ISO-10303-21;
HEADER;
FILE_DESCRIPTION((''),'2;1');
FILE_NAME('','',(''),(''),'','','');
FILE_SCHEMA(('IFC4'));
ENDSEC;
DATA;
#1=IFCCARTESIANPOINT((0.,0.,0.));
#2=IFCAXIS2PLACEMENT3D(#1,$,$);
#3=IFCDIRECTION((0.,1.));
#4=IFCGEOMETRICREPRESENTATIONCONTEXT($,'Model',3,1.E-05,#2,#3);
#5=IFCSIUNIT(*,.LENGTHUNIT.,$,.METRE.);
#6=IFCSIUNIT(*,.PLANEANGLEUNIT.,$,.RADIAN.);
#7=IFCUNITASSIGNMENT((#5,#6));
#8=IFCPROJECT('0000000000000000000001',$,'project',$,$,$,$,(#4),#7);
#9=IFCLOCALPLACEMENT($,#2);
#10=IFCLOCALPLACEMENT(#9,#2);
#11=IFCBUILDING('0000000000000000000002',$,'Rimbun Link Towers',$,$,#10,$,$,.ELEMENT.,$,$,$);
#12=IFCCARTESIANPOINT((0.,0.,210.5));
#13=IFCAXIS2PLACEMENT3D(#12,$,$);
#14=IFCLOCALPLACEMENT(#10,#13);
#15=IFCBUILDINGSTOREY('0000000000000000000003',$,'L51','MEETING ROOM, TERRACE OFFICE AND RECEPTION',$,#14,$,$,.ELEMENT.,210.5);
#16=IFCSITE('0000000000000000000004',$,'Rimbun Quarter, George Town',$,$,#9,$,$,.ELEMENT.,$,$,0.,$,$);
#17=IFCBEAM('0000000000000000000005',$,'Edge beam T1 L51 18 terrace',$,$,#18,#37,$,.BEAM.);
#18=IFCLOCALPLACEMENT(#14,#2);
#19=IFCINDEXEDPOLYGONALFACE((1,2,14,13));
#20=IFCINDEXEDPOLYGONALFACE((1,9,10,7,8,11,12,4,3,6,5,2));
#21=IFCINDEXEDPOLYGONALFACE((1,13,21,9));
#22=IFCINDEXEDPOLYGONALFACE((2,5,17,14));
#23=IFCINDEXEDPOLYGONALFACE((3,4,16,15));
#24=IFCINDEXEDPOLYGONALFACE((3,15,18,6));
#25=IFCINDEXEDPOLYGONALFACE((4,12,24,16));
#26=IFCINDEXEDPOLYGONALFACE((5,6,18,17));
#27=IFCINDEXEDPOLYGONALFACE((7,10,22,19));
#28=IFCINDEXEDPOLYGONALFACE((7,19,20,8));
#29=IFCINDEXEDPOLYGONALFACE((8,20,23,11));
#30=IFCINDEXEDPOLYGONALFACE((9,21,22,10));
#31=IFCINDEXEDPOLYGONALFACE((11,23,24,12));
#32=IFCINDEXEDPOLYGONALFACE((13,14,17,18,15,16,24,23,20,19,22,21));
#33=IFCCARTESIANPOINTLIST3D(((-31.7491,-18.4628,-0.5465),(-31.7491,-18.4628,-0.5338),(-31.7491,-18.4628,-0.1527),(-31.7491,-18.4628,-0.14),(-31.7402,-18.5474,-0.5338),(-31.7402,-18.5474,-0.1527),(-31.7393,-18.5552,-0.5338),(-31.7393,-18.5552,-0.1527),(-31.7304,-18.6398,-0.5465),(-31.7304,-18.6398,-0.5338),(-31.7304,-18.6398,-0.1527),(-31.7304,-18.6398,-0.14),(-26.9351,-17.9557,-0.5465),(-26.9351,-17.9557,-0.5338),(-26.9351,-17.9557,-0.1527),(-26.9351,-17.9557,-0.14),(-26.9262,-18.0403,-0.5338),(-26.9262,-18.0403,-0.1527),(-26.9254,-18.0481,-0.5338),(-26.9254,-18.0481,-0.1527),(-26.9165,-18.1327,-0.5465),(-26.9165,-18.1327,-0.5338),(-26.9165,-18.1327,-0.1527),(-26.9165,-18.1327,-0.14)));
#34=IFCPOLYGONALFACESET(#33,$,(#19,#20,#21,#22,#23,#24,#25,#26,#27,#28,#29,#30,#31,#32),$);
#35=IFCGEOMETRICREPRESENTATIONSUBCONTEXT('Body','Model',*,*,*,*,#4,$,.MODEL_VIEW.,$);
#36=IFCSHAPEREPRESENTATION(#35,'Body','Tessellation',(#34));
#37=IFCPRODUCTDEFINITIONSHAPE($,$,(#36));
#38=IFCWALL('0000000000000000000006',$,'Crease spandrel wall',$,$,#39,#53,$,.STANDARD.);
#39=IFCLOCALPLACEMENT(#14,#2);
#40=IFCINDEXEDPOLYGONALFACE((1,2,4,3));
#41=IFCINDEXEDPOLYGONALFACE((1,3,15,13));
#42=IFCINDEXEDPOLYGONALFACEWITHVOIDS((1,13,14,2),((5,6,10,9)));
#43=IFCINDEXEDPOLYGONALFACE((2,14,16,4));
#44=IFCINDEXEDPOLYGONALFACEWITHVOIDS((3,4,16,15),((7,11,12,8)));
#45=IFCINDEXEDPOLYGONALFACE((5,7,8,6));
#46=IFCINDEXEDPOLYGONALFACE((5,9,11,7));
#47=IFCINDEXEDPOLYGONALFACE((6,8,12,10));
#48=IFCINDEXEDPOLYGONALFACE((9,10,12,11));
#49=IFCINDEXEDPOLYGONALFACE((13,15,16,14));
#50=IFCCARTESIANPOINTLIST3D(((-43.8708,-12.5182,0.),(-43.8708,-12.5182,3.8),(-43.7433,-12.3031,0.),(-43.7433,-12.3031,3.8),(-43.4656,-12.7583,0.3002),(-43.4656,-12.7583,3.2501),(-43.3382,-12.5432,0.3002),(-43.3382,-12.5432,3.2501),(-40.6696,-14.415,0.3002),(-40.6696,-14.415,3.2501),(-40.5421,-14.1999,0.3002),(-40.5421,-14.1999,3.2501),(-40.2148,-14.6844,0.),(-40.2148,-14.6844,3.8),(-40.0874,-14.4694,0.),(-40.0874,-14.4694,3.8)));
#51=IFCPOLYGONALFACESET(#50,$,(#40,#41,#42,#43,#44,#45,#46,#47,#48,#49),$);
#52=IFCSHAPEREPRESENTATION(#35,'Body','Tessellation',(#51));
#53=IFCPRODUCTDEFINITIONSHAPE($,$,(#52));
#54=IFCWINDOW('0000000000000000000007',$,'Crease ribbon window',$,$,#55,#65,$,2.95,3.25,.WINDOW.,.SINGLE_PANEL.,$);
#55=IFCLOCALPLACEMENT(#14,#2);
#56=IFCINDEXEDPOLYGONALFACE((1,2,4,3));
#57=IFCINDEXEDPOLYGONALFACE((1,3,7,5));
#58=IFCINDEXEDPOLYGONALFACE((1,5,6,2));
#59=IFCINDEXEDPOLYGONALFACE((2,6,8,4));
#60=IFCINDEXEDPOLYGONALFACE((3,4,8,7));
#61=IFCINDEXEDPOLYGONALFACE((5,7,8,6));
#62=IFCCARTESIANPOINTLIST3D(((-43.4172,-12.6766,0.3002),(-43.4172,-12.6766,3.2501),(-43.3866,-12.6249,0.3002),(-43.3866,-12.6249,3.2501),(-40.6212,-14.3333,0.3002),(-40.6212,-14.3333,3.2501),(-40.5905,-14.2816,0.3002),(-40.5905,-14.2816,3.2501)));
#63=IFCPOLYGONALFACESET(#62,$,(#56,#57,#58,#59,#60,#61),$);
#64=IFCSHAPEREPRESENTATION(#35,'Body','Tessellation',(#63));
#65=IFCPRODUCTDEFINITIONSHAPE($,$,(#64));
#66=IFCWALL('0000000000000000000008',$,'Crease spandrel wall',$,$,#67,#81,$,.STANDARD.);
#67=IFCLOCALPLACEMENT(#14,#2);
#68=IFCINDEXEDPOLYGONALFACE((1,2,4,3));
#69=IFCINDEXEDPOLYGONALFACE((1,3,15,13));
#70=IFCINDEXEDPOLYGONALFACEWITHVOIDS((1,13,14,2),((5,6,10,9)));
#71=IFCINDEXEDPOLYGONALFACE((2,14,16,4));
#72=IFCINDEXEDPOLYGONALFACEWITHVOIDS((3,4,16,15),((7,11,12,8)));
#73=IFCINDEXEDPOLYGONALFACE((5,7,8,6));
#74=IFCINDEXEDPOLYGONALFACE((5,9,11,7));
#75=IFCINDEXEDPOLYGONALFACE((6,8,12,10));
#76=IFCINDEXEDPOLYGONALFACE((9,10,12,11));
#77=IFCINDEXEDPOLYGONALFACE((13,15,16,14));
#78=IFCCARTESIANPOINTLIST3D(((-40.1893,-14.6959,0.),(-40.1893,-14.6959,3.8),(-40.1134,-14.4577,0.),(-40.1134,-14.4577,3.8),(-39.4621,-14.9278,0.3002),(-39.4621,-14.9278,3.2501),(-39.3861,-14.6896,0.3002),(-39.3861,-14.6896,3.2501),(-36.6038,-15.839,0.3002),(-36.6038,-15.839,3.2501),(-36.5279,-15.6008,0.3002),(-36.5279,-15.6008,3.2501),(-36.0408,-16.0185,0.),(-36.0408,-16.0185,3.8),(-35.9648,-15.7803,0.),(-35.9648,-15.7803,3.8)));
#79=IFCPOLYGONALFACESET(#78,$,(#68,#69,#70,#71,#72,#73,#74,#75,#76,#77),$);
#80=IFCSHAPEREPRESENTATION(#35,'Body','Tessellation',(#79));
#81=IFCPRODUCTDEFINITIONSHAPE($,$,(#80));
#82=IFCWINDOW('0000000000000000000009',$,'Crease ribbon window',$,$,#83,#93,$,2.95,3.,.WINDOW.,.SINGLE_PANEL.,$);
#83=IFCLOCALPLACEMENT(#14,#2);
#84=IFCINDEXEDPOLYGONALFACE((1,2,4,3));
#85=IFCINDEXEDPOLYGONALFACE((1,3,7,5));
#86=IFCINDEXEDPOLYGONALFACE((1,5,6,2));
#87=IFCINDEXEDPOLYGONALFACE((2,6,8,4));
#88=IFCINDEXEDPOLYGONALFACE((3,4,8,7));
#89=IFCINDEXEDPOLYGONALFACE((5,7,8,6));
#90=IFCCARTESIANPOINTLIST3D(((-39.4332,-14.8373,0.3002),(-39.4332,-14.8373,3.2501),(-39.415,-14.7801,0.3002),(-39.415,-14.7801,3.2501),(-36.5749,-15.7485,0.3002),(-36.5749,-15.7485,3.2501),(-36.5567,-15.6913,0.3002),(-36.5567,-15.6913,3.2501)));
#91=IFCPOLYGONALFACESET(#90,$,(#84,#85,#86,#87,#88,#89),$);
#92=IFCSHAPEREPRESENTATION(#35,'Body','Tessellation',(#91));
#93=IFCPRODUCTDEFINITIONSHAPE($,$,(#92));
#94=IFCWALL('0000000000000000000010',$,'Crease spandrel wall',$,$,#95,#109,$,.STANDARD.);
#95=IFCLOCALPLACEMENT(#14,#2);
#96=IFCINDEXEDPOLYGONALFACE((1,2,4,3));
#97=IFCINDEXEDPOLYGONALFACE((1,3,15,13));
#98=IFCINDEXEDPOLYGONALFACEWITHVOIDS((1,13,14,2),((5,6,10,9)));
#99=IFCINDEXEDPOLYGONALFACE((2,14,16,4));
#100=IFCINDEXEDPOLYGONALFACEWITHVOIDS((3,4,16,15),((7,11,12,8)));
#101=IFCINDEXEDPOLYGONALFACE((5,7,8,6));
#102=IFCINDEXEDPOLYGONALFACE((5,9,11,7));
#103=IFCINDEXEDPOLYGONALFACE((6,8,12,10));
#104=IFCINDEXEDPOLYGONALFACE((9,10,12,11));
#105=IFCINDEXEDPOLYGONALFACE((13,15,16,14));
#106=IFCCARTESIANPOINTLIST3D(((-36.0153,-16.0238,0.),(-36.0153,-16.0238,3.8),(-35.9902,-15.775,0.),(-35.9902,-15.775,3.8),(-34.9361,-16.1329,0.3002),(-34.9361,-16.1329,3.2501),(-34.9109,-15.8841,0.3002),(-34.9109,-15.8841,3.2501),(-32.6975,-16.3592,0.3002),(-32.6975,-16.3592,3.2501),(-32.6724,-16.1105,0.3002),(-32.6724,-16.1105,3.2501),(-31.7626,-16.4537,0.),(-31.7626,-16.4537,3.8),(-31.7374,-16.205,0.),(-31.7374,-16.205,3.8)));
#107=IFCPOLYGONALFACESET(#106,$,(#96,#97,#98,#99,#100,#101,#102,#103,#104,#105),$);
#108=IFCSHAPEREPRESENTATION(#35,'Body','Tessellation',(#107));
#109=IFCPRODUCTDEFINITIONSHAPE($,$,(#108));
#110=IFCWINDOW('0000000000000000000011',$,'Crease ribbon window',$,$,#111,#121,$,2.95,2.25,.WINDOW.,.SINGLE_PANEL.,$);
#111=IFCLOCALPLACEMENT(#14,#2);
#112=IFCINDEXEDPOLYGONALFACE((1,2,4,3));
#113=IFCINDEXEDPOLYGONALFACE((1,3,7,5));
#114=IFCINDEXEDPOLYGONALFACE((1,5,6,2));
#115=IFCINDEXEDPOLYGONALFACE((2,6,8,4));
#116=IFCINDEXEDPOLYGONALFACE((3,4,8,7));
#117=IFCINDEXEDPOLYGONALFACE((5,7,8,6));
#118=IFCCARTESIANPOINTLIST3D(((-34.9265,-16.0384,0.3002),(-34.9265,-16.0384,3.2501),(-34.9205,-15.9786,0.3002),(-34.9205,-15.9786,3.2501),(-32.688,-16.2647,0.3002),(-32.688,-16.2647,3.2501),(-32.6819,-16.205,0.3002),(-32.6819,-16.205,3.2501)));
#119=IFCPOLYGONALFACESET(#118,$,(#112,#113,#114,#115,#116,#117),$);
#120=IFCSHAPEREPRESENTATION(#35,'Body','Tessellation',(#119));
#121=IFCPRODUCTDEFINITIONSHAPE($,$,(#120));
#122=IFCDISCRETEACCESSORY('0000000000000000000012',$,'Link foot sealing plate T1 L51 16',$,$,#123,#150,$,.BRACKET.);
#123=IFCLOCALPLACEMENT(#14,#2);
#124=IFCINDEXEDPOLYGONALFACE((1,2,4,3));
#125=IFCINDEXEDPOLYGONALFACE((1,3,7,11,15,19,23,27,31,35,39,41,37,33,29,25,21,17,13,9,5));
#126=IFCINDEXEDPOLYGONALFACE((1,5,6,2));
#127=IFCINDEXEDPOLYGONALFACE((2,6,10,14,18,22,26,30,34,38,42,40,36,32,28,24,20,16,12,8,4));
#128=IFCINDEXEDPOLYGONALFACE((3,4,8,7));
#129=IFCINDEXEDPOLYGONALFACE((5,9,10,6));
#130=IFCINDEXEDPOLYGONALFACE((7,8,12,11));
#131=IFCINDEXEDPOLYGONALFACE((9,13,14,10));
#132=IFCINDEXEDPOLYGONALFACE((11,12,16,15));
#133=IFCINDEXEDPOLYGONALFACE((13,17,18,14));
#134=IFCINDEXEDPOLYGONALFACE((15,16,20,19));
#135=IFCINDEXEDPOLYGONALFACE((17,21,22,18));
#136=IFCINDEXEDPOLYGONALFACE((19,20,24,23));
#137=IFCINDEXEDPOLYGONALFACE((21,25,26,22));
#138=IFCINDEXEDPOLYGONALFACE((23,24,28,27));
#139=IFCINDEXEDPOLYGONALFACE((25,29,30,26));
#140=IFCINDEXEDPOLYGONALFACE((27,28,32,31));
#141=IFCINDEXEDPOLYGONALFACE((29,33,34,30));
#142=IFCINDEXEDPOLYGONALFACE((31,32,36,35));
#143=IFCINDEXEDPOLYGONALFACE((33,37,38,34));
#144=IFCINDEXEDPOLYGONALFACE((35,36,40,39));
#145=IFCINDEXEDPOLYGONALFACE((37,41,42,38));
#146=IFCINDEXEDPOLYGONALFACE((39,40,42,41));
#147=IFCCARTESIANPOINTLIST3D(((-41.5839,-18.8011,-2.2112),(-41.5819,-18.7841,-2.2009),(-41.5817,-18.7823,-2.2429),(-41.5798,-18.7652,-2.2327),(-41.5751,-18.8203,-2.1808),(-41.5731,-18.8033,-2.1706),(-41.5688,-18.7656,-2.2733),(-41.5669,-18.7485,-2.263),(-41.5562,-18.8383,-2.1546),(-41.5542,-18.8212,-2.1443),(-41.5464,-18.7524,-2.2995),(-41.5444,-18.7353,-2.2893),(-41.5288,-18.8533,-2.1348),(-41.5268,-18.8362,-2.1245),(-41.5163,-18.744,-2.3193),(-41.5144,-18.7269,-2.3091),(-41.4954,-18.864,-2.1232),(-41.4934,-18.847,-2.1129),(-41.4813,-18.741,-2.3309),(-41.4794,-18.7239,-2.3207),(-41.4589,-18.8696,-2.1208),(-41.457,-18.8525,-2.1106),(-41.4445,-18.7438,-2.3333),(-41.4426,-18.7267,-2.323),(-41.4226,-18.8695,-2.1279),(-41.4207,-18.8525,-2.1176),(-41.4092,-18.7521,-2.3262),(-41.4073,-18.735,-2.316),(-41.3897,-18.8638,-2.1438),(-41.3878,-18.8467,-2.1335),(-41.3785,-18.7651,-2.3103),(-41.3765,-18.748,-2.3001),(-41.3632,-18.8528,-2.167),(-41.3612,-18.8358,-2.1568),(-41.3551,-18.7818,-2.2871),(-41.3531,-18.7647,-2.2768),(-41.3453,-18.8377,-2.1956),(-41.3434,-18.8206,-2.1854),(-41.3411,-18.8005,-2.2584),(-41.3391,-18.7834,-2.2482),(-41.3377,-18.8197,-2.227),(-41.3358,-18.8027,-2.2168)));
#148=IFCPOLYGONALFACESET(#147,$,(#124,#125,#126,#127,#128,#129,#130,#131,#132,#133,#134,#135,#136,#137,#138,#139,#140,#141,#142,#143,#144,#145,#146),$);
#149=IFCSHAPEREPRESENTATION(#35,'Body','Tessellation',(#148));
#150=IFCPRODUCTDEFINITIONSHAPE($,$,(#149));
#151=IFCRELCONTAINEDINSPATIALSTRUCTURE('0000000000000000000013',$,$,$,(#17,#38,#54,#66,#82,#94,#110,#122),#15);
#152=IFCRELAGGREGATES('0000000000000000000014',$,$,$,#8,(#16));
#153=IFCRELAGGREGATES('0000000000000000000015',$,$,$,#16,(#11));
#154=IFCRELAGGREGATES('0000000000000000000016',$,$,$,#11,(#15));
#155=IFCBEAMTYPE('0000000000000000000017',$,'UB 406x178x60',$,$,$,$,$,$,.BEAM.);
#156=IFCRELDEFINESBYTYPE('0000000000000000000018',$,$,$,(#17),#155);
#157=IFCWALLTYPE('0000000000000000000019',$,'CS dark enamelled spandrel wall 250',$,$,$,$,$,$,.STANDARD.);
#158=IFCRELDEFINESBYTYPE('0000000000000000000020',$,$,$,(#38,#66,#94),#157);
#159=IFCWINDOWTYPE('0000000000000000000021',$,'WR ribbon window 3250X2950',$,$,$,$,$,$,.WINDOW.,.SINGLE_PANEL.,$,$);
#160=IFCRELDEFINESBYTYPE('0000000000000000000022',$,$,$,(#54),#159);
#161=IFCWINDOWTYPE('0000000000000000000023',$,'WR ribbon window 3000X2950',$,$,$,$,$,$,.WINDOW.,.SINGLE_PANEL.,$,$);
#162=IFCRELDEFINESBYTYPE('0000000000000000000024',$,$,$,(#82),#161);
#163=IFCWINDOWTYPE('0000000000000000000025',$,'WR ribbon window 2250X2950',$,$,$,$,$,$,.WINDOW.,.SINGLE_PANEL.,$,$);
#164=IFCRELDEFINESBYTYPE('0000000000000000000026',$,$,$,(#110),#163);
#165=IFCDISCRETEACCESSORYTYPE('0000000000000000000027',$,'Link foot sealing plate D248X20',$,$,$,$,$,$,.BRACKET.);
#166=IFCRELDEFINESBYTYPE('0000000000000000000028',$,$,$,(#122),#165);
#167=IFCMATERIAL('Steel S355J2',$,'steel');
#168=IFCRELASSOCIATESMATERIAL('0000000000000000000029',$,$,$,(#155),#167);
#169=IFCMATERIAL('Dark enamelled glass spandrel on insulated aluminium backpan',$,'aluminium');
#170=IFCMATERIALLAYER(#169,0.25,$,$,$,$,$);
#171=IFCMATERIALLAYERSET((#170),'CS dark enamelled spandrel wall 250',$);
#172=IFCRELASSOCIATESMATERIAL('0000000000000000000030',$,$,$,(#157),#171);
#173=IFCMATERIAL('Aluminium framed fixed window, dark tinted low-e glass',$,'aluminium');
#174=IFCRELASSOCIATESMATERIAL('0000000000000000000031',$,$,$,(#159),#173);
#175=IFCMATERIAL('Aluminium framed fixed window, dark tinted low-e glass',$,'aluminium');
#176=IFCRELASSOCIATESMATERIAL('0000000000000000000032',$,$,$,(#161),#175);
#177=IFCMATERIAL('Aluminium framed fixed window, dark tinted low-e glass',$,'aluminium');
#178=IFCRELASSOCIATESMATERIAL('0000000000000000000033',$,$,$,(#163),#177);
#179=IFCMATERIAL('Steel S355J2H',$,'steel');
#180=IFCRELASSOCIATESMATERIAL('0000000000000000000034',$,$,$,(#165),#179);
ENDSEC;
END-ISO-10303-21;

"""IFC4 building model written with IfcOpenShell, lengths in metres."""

from ifc_helpers import new_model, si_unit, direction, frame, frame_2d, origin, origin_2d, place, context, subcontext, project, spatial, rectangle, circle, i_section, extrude, material, layer, layer_set, material_profile, profile_set, type_object, element, fill, save


model = new_model("IFC4")

# Units and contexts
model_context = context("Model", 3, precision=1e-05, world=origin(), true_north=direction((0.0, 1.0)))
body_context = subcontext(model_context, "Body", "Model", "MODEL_VIEW")
ifc_project = project(units=[si_unit("LENGTHUNIT", "METRE"), si_unit("PLANEANGLEUNIT", "RADIAN")], contexts=[model_context])

# Site, building, storey
site_placement = place(None, origin())
site = spatial("IfcSite", under=ifc_project, at=site_placement, Name="Rimbun Quarter, George Town", CompositionType="ELEMENT", RefElevation=0.0)
building_placement = place(site_placement, origin())
building = spatial("IfcBuilding", under=site, at=building_placement, Name="Rimbun Link Towers", CompositionType="ELEMENT")
storey_placement = place(building_placement, frame((0.0, 0.0, 210.5)))
storey = spatial("IfcBuildingStorey", under=building, at=storey_placement, Name="L51", Description="MEETING ROOM, TERRACE OFFICE AND RECEPTION", CompositionType="ELEMENT", Elevation=210.5)

# Beam
ifc_material_1 = material(Name="Steel S355J2", Category="steel")
ifc_material_profile_1 = material_profile(ifc_material_1, i_section(OverallWidth=0.178, OverallDepth=0.4065, WebThickness=0.0078, FlangeThickness=0.0127, at=origin_2d()), Name="UB 406x178x60")
ifc_profile_set_1 = profile_set([ifc_material_profile_1], Name="Steel S355J2")
beam_type = type_object("IfcBeamType", Name="UB 406x178x60", PredefinedType="BEAM", material=ifc_profile_set_1)
beam_1_placement = place(storey_placement, frame((-31.7397, -18.5513, -0.3433), z_axis=(0.994498, 0.104756, 0.0), x_axis=(-0.104756, 0.994498, 0.0)))
element("IfcBeam", 1, at=beam_1_placement, inside=storey, type_object=beam_type, Name="Edge beam T1 L51 18 terrace", PredefinedType="BEAM", context=body_context, shape_type="SweptSolid", body=[
    extrude(i_section(OverallWidth=0.178, OverallDepth=0.4065, WebThickness=0.0078, FlangeThickness=0.0127, at=origin_2d()), origin(), (0.0, 0.0, 1.0), 4.8406),
])

# Walls, openings, windows
ifc_material_2 = material(Name="Dark enamelled glass spandrel on insulated aluminium backpan", Category="aluminium")
ifc_layer = layer(ifc_material_2, 0.25)
ifc_layer_set = layer_set([ifc_layer], Name="CS dark enamelled spandrel wall 250")
wall_type = type_object("IfcWallType", Name="CS dark enamelled spandrel wall 250", PredefinedType="STANDARD", material=ifc_layer_set)
wall_1_placement = place(storey_placement, frame((-40.1511, -14.5769, 0.0), z_axis=(0.0, 0.0, 1.0), x_axis=(-0.860319, 0.509757, 0.0)))
wall_1 = element("IfcWall", 2, at=wall_1_placement, inside=storey, type_object=wall_type, Name="Crease spandrel wall", PredefinedType="STANDARD", context=body_context, shape_type="SweptSolid", body=[
    extrude(rectangle(XDim=4.2495, YDim=0.25, at=frame_2d((2.1248, 0.0))), origin(), (0.0, 0.0, 1.0), 3.8),
])
opening_1_placement = place(wall_1_placement, frame((0.5286, 0.0, 0.3)))
opening_1 = element("IfcOpeningElement", 3, at=opening_1_placement, cuts=wall_1, PredefinedType="OPENING", context=body_context, shape_type="SweptSolid", body=[
    extrude(rectangle(XDim=3.25, YDim=2.95, at=frame_2d((1.625, 1.4751))), frame((0.0, 0.135, 0.0), z_axis=(0.0, -1.0, 0.0), x_axis=(1.0, 0.0, 0.0)), (0.0, 0.0, 1.0), 0.27),
])
ifc_material_3 = material(Name="Aluminium framed fixed window, dark tinted low-e glass", Category="aluminium")
window_type_1 = type_object("IfcWindowType", Name="WR ribbon window 3250X2950", PartitioningType="SINGLE_PANEL", PredefinedType="WINDOW", material=ifc_material_3)
window_1_placement = place(opening_1_placement, origin())
window_1 = element("IfcWindow", 4, at=window_1_placement, inside=storey, type_object=window_type_1, Name="Crease ribbon window", OverallHeight=2.95, OverallWidth=3.25, PartitioningType="SINGLE_PANEL", PredefinedType="WINDOW", context=body_context, shape_type="SweptSolid", body=[
    extrude(rectangle(XDim=3.25, YDim=2.95, at=frame_2d((1.625, 1.4751))), frame((0.0, 0.03, 0.0), z_axis=(0.0, -1.0, 0.0), x_axis=(1.0, 0.0, 0.0)), (0.0, 0.0, 1.0), 0.0601),
])
fill(opening_1, window_1)
wall_2_placement = place(storey_placement, frame((-36.0027, -15.8994, 0.0), z_axis=(0.0, 0.0, 1.0), x_axis=(-0.952756, 0.303736, 0.0)))
wall_2 = element("IfcWall", 5, at=wall_2_placement, inside=storey, type_object=wall_type, Name="Crease spandrel wall", PredefinedType="STANDARD", context=body_context, shape_type="SweptSolid", body=[
    extrude(rectangle(XDim=4.3542, YDim=0.25, at=frame_2d((2.1772, 0.0))), origin(), (0.0, 0.0, 1.0), 3.8),
])
opening_2_placement = place(wall_2_placement, frame((0.5911, 0.0, 0.3)))
opening_2 = element("IfcOpeningElement", 6, at=opening_2_placement, cuts=wall_2, PredefinedType="OPENING", context=body_context, shape_type="SweptSolid", body=[
    extrude(rectangle(XDim=3.0, YDim=2.95, at=frame_2d((1.5, 1.4751))), frame((0.0, 0.135, 0.0), z_axis=(0.0, -1.0, 0.0), x_axis=(1.0, 0.0, 0.0)), (0.0, 0.0, 1.0), 0.27),
])
ifc_material_4 = material(Name="Aluminium framed fixed window, dark tinted low-e glass", Category="aluminium")
window_type_2 = type_object("IfcWindowType", Name="WR ribbon window 3000X2950", PartitioningType="SINGLE_PANEL", PredefinedType="WINDOW", material=ifc_material_4)
window_2_placement = place(opening_2_placement, origin())
window_2 = element("IfcWindow", 7, at=window_2_placement, inside=storey, type_object=window_type_2, Name="Crease ribbon window", OverallHeight=2.95, OverallWidth=3.0, PartitioningType="SINGLE_PANEL", PredefinedType="WINDOW", context=body_context, shape_type="SweptSolid", body=[
    extrude(rectangle(XDim=3.0, YDim=2.95, at=frame_2d((1.5, 1.4751))), frame((0.0, 0.03, 0.0), z_axis=(0.0, -1.0, 0.0), x_axis=(1.0, 0.0, 0.0)), (0.0, 0.0, 1.0), 0.0601),
])
fill(opening_2, window_2)
wall_3_placement = place(storey_placement, frame((-31.75, -16.3293, 0.0), z_axis=(0.0, 0.0, 1.0), x_axis=(-0.994929, 0.100584, 0.0)))
wall_3 = element("IfcWall", 8, at=wall_3_placement, inside=storey, type_object=wall_type, Name="Crease spandrel wall", PredefinedType="STANDARD", context=body_context, shape_type="SweptSolid", body=[
    extrude(rectangle(XDim=4.2744, YDim=0.25, at=frame_2d((2.1372, 0.0))), origin(), (0.0, 0.0, 1.0), 3.8),
])
opening_3_placement = place(wall_3_placement, frame((0.9397, 0.0, 0.3)))
opening_3 = element("IfcOpeningElement", 9, at=opening_3_placement, cuts=wall_3, PredefinedType="OPENING", context=body_context, shape_type="SweptSolid", body=[
    extrude(rectangle(XDim=2.25, YDim=2.95, at=frame_2d((1.125, 1.4751))), frame((0.0, 0.135, 0.0), z_axis=(0.0, -1.0, 0.0), x_axis=(1.0, 0.0, 0.0)), (0.0, 0.0, 1.0), 0.27),
])
ifc_material_5 = material(Name="Aluminium framed fixed window, dark tinted low-e glass", Category="aluminium")
window_type_3 = type_object("IfcWindowType", Name="WR ribbon window 2250X2950", PartitioningType="SINGLE_PANEL", PredefinedType="WINDOW", material=ifc_material_5)
window_3_placement = place(opening_3_placement, origin())
window_3 = element("IfcWindow", 10, at=window_3_placement, inside=storey, type_object=window_type_3, Name="Crease ribbon window", OverallHeight=2.95, OverallWidth=2.25, PartitioningType="SINGLE_PANEL", PredefinedType="WINDOW", context=body_context, shape_type="SweptSolid", body=[
    extrude(rectangle(XDim=2.25, YDim=2.95, at=frame_2d((1.125, 1.4751))), frame((0.0, 0.03, 0.0), z_axis=(0.0, -1.0, 0.0), x_axis=(1.0, 0.0, 0.0)), (0.0, 0.0, 1.0), 0.0601),
])
fill(opening_3, window_3)

# Discrete accessory
ifc_material_6 = material(Name="Steel S355J2H", Category="steel")
ifc_material_profile_2 = material_profile(ifc_material_6, circle(Radius=0.124, at=origin_2d()), Name="PL D248")
ifc_profile_set_2 = profile_set([ifc_material_profile_2], Name="Steel S355J2H")
discrete_accessory_type = type_object("IfcDiscreteAccessoryType", Name="Link foot sealing plate D248X20", PredefinedType="BRACKET", material=ifc_profile_set_2)
for number, where, z_axis, x_axis, name in (
    (11, (-41.459, -18.7886, -2.2168), (-0.097532, -0.853405, -0.512043), (0.993533, -0.113547, 0.0), "Link foot sealing plate T1 L51 16"),
):
    element("IfcDiscreteAccessory", number, at=place(storey_placement, frame(where, z_axis=z_axis, x_axis=x_axis)), inside=storey, type_object=discrete_accessory_type, Name=name, PredefinedType="BRACKET", context=body_context, shape_type="SweptSolid", body=[
        extrude(circle(Radius=0.124, at=origin_2d()), origin(), (0.0, 0.0, 1.0), 0.02),
    ])

save(model, "model.ifc")
